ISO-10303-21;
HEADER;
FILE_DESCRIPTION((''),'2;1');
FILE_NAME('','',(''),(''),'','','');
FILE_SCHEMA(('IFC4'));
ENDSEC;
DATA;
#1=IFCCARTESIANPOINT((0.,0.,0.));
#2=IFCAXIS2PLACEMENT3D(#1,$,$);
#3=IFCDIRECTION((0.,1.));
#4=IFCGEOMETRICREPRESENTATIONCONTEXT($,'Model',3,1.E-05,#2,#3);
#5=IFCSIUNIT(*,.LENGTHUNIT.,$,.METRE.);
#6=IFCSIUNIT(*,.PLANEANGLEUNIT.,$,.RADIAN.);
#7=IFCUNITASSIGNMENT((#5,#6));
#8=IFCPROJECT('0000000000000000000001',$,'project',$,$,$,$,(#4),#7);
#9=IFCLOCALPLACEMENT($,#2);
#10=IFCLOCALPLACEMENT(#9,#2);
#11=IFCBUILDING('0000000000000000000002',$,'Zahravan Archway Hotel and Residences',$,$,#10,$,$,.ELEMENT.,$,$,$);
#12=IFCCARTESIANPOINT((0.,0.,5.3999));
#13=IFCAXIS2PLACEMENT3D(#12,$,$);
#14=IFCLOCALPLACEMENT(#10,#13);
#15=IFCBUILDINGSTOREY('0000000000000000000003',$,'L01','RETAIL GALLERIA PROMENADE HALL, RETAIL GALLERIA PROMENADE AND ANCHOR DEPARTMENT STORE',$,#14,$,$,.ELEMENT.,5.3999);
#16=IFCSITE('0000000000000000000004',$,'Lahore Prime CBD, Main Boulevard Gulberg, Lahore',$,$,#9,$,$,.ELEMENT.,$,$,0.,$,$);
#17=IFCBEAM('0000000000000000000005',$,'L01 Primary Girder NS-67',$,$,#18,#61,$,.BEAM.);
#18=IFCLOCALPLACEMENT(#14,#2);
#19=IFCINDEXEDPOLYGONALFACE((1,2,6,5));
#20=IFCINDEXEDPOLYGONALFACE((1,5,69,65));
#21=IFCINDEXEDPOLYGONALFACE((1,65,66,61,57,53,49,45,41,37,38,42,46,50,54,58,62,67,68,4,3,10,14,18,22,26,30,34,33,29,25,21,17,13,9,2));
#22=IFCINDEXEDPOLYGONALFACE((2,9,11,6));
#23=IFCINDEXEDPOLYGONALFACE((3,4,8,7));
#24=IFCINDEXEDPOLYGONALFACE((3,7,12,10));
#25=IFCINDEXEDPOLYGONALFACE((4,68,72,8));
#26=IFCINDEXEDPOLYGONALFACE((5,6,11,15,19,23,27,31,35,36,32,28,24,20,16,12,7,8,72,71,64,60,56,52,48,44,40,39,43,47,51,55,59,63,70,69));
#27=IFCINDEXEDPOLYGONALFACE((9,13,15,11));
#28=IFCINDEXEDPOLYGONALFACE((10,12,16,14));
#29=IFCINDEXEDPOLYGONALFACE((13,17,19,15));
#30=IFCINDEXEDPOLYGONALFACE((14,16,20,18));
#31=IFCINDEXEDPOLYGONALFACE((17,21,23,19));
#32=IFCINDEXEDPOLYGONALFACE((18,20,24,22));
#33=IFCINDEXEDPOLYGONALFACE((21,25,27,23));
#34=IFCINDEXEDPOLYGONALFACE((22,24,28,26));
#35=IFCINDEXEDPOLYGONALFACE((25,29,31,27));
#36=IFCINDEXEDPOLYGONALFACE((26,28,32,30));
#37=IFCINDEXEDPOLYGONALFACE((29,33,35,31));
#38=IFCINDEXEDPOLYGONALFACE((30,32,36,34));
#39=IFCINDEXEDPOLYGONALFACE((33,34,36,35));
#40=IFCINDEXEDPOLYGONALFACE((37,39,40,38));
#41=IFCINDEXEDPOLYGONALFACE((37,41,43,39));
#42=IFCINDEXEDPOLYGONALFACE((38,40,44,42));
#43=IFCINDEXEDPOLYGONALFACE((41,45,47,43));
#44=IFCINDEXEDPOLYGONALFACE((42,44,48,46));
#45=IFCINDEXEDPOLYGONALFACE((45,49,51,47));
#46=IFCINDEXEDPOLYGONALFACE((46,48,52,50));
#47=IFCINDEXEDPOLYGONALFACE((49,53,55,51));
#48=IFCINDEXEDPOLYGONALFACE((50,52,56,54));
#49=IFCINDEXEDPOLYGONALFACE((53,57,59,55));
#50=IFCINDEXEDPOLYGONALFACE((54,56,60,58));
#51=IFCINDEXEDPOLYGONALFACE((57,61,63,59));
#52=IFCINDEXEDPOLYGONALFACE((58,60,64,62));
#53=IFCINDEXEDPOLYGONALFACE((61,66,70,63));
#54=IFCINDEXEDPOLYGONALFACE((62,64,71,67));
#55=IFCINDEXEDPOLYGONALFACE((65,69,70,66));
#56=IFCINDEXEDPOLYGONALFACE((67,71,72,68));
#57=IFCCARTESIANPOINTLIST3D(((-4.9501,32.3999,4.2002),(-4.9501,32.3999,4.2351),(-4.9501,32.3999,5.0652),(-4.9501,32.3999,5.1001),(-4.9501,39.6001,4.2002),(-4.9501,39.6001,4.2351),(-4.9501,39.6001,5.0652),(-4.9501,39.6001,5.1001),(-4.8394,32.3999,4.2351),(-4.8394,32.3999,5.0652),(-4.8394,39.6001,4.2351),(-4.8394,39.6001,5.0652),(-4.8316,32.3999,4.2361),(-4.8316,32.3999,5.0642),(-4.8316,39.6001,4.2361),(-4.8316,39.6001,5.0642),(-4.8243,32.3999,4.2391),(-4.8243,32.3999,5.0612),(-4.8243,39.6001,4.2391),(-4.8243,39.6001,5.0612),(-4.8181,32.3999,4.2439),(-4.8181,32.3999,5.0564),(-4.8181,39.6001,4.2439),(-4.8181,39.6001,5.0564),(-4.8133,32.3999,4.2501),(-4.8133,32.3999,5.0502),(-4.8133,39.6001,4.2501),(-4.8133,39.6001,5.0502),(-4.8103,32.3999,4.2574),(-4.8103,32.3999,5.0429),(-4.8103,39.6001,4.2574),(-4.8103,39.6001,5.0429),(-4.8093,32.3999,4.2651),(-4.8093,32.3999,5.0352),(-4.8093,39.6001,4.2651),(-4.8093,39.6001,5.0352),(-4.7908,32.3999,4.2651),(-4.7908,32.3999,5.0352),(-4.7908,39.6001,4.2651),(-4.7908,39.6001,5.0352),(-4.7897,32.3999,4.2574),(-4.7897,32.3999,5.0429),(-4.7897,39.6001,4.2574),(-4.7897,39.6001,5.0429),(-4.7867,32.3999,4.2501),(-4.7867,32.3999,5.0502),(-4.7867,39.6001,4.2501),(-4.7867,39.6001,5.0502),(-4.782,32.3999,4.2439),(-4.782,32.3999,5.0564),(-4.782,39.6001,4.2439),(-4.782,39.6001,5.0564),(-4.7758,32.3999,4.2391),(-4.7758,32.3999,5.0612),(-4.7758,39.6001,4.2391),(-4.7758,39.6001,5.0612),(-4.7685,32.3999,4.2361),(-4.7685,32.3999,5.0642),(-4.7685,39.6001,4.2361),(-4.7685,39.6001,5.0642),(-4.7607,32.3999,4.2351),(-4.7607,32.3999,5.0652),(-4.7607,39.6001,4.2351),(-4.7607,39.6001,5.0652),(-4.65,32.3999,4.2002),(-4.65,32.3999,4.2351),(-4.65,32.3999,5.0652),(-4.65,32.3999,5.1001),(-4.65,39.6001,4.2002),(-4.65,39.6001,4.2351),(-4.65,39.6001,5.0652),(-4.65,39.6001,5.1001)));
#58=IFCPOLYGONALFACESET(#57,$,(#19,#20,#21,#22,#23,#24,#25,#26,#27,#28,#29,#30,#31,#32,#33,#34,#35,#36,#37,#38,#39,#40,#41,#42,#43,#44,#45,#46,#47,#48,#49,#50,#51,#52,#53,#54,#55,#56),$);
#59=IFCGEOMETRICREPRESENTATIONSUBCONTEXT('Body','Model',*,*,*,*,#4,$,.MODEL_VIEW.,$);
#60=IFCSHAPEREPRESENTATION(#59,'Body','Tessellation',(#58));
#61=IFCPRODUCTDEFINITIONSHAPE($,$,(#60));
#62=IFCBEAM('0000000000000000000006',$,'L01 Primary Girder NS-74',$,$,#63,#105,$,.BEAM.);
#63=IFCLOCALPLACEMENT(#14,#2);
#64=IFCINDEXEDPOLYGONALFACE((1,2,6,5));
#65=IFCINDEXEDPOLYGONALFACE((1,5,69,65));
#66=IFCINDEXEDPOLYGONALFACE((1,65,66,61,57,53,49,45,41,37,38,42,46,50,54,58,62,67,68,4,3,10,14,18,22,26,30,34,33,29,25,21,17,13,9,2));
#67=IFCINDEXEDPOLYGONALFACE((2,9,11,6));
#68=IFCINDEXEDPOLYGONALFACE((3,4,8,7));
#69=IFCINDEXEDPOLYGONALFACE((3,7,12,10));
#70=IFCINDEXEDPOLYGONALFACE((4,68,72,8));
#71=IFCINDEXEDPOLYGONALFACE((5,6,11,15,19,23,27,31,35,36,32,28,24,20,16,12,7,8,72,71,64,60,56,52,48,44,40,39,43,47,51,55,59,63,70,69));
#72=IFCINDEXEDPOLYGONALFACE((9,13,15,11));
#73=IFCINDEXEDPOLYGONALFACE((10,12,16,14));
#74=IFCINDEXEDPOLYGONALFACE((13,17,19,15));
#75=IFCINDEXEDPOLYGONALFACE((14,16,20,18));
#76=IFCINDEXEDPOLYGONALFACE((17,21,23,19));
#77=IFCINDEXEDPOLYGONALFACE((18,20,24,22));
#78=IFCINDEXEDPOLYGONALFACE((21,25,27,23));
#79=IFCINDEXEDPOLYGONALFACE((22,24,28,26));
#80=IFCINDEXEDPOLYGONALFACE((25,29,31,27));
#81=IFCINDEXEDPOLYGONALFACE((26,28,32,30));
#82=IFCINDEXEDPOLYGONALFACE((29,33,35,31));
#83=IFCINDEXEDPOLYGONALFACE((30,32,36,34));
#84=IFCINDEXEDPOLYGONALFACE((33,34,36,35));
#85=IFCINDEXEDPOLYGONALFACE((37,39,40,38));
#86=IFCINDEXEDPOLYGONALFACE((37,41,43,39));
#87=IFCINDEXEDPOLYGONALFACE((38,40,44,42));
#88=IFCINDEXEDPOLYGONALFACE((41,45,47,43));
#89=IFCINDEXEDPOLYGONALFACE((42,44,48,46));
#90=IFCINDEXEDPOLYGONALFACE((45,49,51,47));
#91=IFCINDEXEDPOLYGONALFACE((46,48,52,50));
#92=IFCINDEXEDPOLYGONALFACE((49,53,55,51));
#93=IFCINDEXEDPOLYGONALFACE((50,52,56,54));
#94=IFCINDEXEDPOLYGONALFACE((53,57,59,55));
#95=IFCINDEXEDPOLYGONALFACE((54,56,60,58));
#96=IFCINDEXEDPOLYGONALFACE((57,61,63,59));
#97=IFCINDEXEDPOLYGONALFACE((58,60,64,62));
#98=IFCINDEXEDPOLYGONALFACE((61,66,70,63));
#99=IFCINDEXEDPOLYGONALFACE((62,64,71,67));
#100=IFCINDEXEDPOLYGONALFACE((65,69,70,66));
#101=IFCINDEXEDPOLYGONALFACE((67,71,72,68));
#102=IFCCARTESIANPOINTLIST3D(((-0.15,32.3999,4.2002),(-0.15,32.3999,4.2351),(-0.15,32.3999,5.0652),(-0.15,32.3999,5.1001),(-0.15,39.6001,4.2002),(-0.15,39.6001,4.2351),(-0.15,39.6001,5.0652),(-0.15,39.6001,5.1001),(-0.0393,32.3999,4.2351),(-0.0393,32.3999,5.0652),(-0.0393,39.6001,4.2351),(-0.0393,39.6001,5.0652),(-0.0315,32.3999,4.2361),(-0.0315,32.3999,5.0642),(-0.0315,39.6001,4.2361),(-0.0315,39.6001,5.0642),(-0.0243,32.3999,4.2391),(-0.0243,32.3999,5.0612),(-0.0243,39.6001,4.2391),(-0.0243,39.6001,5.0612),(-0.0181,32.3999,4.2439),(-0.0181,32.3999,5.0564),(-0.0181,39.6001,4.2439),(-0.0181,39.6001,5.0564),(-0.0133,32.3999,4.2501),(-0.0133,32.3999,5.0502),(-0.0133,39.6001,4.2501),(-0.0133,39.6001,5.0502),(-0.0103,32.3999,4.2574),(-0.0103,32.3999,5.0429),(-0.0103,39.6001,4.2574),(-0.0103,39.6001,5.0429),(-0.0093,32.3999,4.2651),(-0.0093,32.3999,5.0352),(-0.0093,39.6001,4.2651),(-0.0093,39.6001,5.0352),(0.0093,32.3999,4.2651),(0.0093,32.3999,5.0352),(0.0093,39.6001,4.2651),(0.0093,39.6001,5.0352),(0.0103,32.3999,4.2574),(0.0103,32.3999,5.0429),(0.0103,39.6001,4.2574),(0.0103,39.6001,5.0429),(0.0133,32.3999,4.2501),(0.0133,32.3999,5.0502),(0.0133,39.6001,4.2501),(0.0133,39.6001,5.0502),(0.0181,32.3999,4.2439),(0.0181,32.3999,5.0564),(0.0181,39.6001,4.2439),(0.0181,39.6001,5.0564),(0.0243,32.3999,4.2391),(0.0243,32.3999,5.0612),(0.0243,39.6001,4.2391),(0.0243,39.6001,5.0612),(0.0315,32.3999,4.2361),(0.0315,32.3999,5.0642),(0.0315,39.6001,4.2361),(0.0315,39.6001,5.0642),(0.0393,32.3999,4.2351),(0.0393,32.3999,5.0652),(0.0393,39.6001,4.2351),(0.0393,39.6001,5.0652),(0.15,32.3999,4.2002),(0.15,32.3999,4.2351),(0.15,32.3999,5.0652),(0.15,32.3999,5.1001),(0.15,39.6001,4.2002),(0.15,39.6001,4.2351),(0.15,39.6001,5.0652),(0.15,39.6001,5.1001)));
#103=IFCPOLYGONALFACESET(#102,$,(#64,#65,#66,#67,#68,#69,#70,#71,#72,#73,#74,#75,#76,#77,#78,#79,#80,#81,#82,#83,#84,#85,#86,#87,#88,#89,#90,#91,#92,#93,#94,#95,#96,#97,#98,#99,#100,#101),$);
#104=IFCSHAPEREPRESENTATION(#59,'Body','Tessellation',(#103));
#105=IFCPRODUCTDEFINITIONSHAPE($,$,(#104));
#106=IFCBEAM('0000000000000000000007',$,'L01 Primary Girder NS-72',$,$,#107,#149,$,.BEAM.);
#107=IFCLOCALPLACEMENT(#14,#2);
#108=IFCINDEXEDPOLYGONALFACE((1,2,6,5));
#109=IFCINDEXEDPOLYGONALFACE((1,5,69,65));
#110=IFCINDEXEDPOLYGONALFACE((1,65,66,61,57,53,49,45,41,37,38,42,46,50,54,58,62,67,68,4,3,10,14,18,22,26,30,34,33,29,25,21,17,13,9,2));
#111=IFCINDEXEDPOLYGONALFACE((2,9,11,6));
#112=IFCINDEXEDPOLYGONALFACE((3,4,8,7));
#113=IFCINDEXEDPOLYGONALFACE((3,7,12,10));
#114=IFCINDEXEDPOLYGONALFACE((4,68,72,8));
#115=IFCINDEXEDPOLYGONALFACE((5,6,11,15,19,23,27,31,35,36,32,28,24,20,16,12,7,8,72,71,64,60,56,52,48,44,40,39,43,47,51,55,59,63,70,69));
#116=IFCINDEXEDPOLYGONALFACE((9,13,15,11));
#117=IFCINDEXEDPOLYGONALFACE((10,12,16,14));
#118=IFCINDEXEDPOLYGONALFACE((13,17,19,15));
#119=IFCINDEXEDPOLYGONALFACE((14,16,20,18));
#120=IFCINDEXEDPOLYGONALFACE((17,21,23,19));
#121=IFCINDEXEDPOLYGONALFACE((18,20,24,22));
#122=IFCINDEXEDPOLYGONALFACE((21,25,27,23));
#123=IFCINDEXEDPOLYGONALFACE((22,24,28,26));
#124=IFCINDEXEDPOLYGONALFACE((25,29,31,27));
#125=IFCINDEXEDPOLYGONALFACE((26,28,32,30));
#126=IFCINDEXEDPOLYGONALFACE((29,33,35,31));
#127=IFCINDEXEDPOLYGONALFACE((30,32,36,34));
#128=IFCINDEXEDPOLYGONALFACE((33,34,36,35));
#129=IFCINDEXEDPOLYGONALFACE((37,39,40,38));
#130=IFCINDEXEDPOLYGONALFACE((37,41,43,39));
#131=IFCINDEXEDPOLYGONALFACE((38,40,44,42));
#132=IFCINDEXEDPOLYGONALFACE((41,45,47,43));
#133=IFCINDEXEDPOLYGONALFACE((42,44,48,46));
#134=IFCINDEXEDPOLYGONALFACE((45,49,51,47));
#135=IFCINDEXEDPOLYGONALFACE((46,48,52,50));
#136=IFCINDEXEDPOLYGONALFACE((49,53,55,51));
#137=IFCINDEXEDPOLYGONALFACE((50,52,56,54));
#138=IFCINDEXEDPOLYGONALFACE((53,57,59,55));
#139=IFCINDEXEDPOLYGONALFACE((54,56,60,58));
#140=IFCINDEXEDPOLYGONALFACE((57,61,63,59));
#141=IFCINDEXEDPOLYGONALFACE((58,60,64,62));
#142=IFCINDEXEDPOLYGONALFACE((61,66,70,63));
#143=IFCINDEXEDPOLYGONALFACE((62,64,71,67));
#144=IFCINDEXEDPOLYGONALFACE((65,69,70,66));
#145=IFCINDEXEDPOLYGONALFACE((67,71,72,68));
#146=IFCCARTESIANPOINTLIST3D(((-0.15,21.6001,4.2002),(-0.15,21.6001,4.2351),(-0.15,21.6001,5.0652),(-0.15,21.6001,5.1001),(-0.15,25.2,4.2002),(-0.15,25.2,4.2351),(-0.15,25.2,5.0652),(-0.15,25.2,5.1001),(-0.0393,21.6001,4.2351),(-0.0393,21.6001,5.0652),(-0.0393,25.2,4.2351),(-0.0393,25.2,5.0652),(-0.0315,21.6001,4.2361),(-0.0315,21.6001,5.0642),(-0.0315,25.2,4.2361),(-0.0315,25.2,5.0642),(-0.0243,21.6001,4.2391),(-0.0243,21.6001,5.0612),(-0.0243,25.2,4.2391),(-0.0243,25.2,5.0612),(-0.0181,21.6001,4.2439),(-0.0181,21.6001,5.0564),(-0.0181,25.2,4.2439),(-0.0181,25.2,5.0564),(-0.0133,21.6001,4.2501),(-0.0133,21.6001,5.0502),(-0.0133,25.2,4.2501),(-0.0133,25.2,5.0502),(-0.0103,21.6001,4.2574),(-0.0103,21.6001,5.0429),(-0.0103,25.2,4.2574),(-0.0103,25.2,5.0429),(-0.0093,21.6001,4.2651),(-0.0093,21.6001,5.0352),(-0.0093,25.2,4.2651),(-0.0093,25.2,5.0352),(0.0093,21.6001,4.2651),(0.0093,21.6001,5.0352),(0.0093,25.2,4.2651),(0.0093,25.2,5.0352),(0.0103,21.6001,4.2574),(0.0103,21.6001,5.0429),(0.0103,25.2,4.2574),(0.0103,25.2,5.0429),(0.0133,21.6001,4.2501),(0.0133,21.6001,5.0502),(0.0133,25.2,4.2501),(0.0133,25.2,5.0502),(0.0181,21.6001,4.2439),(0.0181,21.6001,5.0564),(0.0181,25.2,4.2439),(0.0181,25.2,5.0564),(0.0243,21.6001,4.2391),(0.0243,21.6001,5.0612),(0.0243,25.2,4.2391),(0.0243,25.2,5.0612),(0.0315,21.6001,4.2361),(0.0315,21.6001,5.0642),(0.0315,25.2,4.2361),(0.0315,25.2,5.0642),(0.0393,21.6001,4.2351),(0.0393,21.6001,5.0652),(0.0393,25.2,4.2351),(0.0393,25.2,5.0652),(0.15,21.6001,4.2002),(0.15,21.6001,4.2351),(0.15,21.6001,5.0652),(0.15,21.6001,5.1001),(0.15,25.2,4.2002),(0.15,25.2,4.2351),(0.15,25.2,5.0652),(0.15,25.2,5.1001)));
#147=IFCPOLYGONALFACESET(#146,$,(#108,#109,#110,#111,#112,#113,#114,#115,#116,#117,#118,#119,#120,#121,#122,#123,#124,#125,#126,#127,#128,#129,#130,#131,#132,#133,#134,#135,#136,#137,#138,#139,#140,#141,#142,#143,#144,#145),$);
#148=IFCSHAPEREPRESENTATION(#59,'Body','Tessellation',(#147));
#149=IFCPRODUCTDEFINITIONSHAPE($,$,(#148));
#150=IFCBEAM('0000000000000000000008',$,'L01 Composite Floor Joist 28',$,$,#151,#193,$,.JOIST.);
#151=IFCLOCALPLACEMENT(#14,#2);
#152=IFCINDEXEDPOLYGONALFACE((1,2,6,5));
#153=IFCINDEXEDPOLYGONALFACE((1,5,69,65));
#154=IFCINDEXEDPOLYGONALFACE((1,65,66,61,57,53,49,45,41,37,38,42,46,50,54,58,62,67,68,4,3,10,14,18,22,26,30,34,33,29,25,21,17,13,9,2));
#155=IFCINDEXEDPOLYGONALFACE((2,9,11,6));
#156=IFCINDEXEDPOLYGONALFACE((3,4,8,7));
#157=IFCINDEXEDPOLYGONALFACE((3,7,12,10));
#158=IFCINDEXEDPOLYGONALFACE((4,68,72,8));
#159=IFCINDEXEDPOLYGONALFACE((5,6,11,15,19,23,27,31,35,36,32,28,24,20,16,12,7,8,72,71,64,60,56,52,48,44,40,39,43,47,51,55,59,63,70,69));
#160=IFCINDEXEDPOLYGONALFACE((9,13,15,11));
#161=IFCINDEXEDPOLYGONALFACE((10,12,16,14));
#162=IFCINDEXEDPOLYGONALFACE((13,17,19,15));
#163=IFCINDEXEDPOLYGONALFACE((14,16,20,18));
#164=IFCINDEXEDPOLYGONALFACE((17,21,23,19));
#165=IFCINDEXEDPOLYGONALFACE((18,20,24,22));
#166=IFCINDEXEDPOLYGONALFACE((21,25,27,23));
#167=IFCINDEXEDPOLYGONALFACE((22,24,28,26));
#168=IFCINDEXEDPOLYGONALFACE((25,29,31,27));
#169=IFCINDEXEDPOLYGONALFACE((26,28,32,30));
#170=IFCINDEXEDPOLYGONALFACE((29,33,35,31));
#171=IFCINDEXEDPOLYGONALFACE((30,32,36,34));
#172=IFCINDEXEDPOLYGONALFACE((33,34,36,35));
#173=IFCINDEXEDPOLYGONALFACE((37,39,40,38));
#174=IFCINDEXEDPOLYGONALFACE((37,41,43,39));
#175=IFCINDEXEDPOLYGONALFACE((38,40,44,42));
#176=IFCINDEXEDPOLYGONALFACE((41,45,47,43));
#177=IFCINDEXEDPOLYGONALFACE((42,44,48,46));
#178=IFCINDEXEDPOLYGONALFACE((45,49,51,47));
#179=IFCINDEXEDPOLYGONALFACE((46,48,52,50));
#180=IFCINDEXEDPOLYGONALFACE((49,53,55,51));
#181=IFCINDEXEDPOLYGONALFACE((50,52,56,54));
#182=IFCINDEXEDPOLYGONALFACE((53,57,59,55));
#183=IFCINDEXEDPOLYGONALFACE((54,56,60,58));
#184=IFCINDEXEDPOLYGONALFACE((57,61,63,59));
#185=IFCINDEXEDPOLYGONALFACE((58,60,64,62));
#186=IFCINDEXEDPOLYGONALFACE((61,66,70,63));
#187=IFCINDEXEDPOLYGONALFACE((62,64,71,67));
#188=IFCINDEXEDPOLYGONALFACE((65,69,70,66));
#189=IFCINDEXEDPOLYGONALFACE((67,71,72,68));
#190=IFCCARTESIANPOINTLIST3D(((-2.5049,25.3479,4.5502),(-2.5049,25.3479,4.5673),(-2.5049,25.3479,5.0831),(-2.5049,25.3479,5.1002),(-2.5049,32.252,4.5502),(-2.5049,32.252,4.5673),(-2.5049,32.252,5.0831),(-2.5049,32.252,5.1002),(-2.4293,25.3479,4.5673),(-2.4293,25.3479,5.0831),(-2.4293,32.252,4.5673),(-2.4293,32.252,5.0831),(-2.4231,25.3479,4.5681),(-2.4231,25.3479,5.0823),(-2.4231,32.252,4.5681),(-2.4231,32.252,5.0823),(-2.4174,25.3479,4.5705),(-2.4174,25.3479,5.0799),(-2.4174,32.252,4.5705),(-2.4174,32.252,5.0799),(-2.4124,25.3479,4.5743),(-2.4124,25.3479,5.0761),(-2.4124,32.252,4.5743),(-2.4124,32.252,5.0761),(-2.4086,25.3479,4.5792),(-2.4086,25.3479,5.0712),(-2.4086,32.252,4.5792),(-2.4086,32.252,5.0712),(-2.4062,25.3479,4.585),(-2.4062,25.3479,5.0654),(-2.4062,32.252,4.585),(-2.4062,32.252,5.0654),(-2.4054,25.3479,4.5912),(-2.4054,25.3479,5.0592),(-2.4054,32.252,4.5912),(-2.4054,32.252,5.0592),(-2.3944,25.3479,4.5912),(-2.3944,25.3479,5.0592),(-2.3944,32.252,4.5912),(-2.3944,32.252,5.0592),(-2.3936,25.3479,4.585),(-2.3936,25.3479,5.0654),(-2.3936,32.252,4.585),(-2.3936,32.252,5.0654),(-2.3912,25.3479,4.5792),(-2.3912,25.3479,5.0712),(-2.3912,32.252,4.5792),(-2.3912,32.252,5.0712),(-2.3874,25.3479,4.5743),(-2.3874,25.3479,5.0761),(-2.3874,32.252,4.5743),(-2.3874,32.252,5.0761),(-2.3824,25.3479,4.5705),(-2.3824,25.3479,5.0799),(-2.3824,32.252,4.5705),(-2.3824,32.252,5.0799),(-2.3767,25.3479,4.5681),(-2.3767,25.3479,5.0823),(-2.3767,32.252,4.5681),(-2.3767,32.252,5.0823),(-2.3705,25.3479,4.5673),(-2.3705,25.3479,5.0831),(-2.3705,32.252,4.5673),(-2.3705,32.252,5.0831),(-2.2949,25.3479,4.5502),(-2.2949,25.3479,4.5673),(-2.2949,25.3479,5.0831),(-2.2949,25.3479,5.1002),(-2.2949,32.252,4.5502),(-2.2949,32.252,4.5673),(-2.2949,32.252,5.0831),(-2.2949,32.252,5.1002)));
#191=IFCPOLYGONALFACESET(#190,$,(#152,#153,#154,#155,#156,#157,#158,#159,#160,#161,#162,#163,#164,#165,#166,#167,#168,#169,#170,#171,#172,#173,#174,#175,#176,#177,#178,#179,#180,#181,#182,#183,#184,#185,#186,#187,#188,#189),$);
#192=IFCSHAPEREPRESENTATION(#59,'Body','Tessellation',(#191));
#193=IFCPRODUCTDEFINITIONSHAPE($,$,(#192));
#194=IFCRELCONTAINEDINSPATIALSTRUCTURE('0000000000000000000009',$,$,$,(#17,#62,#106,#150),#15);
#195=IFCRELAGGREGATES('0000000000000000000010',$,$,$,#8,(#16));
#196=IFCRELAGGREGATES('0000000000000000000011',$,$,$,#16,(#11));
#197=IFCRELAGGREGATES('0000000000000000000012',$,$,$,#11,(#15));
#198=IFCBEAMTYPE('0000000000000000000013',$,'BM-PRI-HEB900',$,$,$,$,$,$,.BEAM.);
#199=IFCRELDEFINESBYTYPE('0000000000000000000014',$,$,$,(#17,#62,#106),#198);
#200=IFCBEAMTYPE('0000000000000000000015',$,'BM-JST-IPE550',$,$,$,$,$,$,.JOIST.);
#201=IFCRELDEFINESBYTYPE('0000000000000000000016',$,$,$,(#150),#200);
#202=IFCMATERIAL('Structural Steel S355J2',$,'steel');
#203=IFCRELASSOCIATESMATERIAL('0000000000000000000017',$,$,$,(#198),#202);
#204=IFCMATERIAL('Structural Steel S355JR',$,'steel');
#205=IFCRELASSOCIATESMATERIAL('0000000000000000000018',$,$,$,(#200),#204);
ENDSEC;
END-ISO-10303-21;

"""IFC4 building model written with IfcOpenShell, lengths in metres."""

from ifc_helpers import new_model, si_unit, direction, frame, origin, origin_2d, place, context, subcontext, project, spatial, i_section, extrude, source, transform, mapped, material, material_profile, profile_set, type_object, type_shapes, element, save


model = new_model("IFC4")

# Units and contexts
model_context = context("Model", 3, precision=1e-05, world=origin(), true_north=direction((0.0, 1.0)))
body_context = subcontext(model_context, "Body", "Model", "MODEL_VIEW")
ifc_project = project(units=[si_unit("LENGTHUNIT", "METRE"), si_unit("PLANEANGLEUNIT", "RADIAN")], contexts=[model_context])

# Site, building, storey
site_placement = place(None, origin())
site = spatial("IfcSite", under=ifc_project, at=site_placement, Name="Lahore Prime CBD, Main Boulevard Gulberg, Lahore", CompositionType="ELEMENT", RefElevation=0.0)
building_placement = place(site_placement, origin())
building = spatial("IfcBuilding", under=site, at=building_placement, Name="Zahravan Archway Hotel and Residences", CompositionType="ELEMENT")
storey_placement = place(building_placement, frame((0.0, 0.0, 5.3999)))
storey = spatial("IfcBuildingStorey", under=building, at=storey_placement, Name="L01", Description="RETAIL GALLERIA PROMENADE HALL, RETAIL GALLERIA PROMENADE AND ANCHOR DEPARTMENT STORE", CompositionType="ELEMENT", Elevation=5.3999)

# Beams
ifc_material_1 = material(Name="Structural Steel S355J2", Category="steel")
ifc_material_profile_1 = material_profile(ifc_material_1, i_section(OverallWidth=0.3, OverallDepth=0.8999, WebThickness=0.0186, FlangeThickness=0.0349, FilletRadius=0.03, at=origin_2d()), Name="HEB 900", Category="steel")
ifc_profile_set_1 = profile_set([ifc_material_profile_1], Name="Structural Steel S355J2")
beam_type_1 = type_object("IfcBeamType", Name="BM-PRI-HEB900", PredefinedType="BEAM", material=ifc_profile_set_1)
shared_shape_1 = source(origin(), body_context, "Body", "SweptSolid", [
    extrude(i_section(OverallWidth=0.3, OverallDepth=0.8999, WebThickness=0.0186, FlangeThickness=0.0349, FilletRadius=0.03, at=origin_2d()), origin(), (0.0, 0.0, 1.0), 7.2002),
])
for number, where, z_axis, x_axis, name in (
    (1, (-4.8, 32.3999, 4.6501), (0.0, 1.0, 0.0), (-1.0, 0.0, 0.0), "L01 Primary Girder NS-67"),
    (2, (0.0, 32.3999, 4.6501), (0.0, 1.0, 0.0), (-1.0, 0.0, 0.0), "L01 Primary Girder NS-74"),
):
    element("IfcBeam", number, at=place(storey_placement, frame(where, z_axis=z_axis, x_axis=x_axis)), inside=storey, type_object=beam_type_1, Name=name, PredefinedType="BEAM", context=body_context, shape_type="MappedRepresentation", body=[
        mapped(shared_shape_1, transform((0.0, 0.0, 0.0), scale=1.0)),
    ])
shared_shape_2 = source(origin(), body_context, "Body", "SweptSolid", [
    extrude(i_section(OverallWidth=0.3, OverallDepth=0.8999, WebThickness=0.0186, FlangeThickness=0.0349, FilletRadius=0.03, at=origin_2d()), origin(), (0.0, 0.0, 1.0), 3.5999),
])
beam_1_placement = place(storey_placement, frame((0.0, 21.6001, 4.6501), z_axis=(0.0, 1.0, 0.0), x_axis=(-1.0, 0.0, 0.0)))
element("IfcBeam", 3, at=beam_1_placement, inside=storey, type_object=beam_type_1, Name="L01 Primary Girder NS-72", PredefinedType="BEAM", context=body_context, shape_type="MappedRepresentation", body=[
    mapped(shared_shape_2, transform((0.0, 0.0, 0.0), scale=1.0)),
])
ifc_material_2 = material(Name="Structural Steel S355JR", Category="steel")
ifc_material_profile_2 = material_profile(ifc_material_2, i_section(OverallWidth=0.21, OverallDepth=0.55, WebThickness=0.011, FlangeThickness=0.0171, FilletRadius=0.0239, at=origin_2d()), Name="IPE 550", Category="steel")
ifc_profile_set_2 = profile_set([ifc_material_profile_2], Name="Structural Steel S355JR")
beam_type_2 = type_object("IfcBeamType", Name="BM-JST-IPE550", PredefinedType="JOIST", material=ifc_profile_set_2)
shared_shape_3 = source(origin(), body_context, "Body", "SweptSolid", [
    extrude(i_section(OverallWidth=0.21, OverallDepth=0.55, WebThickness=0.011, FlangeThickness=0.0171, FilletRadius=0.0239, at=origin_2d()), origin(), (0.0, 0.0, 1.0), 6.9041),
])
type_shapes(beam_type_2, [shared_shape_3])
beam_2_placement = place(storey_placement, frame((-2.3999, 25.3479, 4.8252), z_axis=(0.0, 1.0, 0.0), x_axis=(-1.0, 0.0, 0.0)))
element("IfcBeam", 4, at=beam_2_placement, inside=storey, type_object=beam_type_2, Name="L01 Composite Floor Joist 28", PredefinedType="JOIST", context=body_context, shape_type="MappedRepresentation", body=[
    mapped(shared_shape_3, transform((0.0, 0.0, 0.0), scale=1.0)),
])

save(model, "model.ifc")
